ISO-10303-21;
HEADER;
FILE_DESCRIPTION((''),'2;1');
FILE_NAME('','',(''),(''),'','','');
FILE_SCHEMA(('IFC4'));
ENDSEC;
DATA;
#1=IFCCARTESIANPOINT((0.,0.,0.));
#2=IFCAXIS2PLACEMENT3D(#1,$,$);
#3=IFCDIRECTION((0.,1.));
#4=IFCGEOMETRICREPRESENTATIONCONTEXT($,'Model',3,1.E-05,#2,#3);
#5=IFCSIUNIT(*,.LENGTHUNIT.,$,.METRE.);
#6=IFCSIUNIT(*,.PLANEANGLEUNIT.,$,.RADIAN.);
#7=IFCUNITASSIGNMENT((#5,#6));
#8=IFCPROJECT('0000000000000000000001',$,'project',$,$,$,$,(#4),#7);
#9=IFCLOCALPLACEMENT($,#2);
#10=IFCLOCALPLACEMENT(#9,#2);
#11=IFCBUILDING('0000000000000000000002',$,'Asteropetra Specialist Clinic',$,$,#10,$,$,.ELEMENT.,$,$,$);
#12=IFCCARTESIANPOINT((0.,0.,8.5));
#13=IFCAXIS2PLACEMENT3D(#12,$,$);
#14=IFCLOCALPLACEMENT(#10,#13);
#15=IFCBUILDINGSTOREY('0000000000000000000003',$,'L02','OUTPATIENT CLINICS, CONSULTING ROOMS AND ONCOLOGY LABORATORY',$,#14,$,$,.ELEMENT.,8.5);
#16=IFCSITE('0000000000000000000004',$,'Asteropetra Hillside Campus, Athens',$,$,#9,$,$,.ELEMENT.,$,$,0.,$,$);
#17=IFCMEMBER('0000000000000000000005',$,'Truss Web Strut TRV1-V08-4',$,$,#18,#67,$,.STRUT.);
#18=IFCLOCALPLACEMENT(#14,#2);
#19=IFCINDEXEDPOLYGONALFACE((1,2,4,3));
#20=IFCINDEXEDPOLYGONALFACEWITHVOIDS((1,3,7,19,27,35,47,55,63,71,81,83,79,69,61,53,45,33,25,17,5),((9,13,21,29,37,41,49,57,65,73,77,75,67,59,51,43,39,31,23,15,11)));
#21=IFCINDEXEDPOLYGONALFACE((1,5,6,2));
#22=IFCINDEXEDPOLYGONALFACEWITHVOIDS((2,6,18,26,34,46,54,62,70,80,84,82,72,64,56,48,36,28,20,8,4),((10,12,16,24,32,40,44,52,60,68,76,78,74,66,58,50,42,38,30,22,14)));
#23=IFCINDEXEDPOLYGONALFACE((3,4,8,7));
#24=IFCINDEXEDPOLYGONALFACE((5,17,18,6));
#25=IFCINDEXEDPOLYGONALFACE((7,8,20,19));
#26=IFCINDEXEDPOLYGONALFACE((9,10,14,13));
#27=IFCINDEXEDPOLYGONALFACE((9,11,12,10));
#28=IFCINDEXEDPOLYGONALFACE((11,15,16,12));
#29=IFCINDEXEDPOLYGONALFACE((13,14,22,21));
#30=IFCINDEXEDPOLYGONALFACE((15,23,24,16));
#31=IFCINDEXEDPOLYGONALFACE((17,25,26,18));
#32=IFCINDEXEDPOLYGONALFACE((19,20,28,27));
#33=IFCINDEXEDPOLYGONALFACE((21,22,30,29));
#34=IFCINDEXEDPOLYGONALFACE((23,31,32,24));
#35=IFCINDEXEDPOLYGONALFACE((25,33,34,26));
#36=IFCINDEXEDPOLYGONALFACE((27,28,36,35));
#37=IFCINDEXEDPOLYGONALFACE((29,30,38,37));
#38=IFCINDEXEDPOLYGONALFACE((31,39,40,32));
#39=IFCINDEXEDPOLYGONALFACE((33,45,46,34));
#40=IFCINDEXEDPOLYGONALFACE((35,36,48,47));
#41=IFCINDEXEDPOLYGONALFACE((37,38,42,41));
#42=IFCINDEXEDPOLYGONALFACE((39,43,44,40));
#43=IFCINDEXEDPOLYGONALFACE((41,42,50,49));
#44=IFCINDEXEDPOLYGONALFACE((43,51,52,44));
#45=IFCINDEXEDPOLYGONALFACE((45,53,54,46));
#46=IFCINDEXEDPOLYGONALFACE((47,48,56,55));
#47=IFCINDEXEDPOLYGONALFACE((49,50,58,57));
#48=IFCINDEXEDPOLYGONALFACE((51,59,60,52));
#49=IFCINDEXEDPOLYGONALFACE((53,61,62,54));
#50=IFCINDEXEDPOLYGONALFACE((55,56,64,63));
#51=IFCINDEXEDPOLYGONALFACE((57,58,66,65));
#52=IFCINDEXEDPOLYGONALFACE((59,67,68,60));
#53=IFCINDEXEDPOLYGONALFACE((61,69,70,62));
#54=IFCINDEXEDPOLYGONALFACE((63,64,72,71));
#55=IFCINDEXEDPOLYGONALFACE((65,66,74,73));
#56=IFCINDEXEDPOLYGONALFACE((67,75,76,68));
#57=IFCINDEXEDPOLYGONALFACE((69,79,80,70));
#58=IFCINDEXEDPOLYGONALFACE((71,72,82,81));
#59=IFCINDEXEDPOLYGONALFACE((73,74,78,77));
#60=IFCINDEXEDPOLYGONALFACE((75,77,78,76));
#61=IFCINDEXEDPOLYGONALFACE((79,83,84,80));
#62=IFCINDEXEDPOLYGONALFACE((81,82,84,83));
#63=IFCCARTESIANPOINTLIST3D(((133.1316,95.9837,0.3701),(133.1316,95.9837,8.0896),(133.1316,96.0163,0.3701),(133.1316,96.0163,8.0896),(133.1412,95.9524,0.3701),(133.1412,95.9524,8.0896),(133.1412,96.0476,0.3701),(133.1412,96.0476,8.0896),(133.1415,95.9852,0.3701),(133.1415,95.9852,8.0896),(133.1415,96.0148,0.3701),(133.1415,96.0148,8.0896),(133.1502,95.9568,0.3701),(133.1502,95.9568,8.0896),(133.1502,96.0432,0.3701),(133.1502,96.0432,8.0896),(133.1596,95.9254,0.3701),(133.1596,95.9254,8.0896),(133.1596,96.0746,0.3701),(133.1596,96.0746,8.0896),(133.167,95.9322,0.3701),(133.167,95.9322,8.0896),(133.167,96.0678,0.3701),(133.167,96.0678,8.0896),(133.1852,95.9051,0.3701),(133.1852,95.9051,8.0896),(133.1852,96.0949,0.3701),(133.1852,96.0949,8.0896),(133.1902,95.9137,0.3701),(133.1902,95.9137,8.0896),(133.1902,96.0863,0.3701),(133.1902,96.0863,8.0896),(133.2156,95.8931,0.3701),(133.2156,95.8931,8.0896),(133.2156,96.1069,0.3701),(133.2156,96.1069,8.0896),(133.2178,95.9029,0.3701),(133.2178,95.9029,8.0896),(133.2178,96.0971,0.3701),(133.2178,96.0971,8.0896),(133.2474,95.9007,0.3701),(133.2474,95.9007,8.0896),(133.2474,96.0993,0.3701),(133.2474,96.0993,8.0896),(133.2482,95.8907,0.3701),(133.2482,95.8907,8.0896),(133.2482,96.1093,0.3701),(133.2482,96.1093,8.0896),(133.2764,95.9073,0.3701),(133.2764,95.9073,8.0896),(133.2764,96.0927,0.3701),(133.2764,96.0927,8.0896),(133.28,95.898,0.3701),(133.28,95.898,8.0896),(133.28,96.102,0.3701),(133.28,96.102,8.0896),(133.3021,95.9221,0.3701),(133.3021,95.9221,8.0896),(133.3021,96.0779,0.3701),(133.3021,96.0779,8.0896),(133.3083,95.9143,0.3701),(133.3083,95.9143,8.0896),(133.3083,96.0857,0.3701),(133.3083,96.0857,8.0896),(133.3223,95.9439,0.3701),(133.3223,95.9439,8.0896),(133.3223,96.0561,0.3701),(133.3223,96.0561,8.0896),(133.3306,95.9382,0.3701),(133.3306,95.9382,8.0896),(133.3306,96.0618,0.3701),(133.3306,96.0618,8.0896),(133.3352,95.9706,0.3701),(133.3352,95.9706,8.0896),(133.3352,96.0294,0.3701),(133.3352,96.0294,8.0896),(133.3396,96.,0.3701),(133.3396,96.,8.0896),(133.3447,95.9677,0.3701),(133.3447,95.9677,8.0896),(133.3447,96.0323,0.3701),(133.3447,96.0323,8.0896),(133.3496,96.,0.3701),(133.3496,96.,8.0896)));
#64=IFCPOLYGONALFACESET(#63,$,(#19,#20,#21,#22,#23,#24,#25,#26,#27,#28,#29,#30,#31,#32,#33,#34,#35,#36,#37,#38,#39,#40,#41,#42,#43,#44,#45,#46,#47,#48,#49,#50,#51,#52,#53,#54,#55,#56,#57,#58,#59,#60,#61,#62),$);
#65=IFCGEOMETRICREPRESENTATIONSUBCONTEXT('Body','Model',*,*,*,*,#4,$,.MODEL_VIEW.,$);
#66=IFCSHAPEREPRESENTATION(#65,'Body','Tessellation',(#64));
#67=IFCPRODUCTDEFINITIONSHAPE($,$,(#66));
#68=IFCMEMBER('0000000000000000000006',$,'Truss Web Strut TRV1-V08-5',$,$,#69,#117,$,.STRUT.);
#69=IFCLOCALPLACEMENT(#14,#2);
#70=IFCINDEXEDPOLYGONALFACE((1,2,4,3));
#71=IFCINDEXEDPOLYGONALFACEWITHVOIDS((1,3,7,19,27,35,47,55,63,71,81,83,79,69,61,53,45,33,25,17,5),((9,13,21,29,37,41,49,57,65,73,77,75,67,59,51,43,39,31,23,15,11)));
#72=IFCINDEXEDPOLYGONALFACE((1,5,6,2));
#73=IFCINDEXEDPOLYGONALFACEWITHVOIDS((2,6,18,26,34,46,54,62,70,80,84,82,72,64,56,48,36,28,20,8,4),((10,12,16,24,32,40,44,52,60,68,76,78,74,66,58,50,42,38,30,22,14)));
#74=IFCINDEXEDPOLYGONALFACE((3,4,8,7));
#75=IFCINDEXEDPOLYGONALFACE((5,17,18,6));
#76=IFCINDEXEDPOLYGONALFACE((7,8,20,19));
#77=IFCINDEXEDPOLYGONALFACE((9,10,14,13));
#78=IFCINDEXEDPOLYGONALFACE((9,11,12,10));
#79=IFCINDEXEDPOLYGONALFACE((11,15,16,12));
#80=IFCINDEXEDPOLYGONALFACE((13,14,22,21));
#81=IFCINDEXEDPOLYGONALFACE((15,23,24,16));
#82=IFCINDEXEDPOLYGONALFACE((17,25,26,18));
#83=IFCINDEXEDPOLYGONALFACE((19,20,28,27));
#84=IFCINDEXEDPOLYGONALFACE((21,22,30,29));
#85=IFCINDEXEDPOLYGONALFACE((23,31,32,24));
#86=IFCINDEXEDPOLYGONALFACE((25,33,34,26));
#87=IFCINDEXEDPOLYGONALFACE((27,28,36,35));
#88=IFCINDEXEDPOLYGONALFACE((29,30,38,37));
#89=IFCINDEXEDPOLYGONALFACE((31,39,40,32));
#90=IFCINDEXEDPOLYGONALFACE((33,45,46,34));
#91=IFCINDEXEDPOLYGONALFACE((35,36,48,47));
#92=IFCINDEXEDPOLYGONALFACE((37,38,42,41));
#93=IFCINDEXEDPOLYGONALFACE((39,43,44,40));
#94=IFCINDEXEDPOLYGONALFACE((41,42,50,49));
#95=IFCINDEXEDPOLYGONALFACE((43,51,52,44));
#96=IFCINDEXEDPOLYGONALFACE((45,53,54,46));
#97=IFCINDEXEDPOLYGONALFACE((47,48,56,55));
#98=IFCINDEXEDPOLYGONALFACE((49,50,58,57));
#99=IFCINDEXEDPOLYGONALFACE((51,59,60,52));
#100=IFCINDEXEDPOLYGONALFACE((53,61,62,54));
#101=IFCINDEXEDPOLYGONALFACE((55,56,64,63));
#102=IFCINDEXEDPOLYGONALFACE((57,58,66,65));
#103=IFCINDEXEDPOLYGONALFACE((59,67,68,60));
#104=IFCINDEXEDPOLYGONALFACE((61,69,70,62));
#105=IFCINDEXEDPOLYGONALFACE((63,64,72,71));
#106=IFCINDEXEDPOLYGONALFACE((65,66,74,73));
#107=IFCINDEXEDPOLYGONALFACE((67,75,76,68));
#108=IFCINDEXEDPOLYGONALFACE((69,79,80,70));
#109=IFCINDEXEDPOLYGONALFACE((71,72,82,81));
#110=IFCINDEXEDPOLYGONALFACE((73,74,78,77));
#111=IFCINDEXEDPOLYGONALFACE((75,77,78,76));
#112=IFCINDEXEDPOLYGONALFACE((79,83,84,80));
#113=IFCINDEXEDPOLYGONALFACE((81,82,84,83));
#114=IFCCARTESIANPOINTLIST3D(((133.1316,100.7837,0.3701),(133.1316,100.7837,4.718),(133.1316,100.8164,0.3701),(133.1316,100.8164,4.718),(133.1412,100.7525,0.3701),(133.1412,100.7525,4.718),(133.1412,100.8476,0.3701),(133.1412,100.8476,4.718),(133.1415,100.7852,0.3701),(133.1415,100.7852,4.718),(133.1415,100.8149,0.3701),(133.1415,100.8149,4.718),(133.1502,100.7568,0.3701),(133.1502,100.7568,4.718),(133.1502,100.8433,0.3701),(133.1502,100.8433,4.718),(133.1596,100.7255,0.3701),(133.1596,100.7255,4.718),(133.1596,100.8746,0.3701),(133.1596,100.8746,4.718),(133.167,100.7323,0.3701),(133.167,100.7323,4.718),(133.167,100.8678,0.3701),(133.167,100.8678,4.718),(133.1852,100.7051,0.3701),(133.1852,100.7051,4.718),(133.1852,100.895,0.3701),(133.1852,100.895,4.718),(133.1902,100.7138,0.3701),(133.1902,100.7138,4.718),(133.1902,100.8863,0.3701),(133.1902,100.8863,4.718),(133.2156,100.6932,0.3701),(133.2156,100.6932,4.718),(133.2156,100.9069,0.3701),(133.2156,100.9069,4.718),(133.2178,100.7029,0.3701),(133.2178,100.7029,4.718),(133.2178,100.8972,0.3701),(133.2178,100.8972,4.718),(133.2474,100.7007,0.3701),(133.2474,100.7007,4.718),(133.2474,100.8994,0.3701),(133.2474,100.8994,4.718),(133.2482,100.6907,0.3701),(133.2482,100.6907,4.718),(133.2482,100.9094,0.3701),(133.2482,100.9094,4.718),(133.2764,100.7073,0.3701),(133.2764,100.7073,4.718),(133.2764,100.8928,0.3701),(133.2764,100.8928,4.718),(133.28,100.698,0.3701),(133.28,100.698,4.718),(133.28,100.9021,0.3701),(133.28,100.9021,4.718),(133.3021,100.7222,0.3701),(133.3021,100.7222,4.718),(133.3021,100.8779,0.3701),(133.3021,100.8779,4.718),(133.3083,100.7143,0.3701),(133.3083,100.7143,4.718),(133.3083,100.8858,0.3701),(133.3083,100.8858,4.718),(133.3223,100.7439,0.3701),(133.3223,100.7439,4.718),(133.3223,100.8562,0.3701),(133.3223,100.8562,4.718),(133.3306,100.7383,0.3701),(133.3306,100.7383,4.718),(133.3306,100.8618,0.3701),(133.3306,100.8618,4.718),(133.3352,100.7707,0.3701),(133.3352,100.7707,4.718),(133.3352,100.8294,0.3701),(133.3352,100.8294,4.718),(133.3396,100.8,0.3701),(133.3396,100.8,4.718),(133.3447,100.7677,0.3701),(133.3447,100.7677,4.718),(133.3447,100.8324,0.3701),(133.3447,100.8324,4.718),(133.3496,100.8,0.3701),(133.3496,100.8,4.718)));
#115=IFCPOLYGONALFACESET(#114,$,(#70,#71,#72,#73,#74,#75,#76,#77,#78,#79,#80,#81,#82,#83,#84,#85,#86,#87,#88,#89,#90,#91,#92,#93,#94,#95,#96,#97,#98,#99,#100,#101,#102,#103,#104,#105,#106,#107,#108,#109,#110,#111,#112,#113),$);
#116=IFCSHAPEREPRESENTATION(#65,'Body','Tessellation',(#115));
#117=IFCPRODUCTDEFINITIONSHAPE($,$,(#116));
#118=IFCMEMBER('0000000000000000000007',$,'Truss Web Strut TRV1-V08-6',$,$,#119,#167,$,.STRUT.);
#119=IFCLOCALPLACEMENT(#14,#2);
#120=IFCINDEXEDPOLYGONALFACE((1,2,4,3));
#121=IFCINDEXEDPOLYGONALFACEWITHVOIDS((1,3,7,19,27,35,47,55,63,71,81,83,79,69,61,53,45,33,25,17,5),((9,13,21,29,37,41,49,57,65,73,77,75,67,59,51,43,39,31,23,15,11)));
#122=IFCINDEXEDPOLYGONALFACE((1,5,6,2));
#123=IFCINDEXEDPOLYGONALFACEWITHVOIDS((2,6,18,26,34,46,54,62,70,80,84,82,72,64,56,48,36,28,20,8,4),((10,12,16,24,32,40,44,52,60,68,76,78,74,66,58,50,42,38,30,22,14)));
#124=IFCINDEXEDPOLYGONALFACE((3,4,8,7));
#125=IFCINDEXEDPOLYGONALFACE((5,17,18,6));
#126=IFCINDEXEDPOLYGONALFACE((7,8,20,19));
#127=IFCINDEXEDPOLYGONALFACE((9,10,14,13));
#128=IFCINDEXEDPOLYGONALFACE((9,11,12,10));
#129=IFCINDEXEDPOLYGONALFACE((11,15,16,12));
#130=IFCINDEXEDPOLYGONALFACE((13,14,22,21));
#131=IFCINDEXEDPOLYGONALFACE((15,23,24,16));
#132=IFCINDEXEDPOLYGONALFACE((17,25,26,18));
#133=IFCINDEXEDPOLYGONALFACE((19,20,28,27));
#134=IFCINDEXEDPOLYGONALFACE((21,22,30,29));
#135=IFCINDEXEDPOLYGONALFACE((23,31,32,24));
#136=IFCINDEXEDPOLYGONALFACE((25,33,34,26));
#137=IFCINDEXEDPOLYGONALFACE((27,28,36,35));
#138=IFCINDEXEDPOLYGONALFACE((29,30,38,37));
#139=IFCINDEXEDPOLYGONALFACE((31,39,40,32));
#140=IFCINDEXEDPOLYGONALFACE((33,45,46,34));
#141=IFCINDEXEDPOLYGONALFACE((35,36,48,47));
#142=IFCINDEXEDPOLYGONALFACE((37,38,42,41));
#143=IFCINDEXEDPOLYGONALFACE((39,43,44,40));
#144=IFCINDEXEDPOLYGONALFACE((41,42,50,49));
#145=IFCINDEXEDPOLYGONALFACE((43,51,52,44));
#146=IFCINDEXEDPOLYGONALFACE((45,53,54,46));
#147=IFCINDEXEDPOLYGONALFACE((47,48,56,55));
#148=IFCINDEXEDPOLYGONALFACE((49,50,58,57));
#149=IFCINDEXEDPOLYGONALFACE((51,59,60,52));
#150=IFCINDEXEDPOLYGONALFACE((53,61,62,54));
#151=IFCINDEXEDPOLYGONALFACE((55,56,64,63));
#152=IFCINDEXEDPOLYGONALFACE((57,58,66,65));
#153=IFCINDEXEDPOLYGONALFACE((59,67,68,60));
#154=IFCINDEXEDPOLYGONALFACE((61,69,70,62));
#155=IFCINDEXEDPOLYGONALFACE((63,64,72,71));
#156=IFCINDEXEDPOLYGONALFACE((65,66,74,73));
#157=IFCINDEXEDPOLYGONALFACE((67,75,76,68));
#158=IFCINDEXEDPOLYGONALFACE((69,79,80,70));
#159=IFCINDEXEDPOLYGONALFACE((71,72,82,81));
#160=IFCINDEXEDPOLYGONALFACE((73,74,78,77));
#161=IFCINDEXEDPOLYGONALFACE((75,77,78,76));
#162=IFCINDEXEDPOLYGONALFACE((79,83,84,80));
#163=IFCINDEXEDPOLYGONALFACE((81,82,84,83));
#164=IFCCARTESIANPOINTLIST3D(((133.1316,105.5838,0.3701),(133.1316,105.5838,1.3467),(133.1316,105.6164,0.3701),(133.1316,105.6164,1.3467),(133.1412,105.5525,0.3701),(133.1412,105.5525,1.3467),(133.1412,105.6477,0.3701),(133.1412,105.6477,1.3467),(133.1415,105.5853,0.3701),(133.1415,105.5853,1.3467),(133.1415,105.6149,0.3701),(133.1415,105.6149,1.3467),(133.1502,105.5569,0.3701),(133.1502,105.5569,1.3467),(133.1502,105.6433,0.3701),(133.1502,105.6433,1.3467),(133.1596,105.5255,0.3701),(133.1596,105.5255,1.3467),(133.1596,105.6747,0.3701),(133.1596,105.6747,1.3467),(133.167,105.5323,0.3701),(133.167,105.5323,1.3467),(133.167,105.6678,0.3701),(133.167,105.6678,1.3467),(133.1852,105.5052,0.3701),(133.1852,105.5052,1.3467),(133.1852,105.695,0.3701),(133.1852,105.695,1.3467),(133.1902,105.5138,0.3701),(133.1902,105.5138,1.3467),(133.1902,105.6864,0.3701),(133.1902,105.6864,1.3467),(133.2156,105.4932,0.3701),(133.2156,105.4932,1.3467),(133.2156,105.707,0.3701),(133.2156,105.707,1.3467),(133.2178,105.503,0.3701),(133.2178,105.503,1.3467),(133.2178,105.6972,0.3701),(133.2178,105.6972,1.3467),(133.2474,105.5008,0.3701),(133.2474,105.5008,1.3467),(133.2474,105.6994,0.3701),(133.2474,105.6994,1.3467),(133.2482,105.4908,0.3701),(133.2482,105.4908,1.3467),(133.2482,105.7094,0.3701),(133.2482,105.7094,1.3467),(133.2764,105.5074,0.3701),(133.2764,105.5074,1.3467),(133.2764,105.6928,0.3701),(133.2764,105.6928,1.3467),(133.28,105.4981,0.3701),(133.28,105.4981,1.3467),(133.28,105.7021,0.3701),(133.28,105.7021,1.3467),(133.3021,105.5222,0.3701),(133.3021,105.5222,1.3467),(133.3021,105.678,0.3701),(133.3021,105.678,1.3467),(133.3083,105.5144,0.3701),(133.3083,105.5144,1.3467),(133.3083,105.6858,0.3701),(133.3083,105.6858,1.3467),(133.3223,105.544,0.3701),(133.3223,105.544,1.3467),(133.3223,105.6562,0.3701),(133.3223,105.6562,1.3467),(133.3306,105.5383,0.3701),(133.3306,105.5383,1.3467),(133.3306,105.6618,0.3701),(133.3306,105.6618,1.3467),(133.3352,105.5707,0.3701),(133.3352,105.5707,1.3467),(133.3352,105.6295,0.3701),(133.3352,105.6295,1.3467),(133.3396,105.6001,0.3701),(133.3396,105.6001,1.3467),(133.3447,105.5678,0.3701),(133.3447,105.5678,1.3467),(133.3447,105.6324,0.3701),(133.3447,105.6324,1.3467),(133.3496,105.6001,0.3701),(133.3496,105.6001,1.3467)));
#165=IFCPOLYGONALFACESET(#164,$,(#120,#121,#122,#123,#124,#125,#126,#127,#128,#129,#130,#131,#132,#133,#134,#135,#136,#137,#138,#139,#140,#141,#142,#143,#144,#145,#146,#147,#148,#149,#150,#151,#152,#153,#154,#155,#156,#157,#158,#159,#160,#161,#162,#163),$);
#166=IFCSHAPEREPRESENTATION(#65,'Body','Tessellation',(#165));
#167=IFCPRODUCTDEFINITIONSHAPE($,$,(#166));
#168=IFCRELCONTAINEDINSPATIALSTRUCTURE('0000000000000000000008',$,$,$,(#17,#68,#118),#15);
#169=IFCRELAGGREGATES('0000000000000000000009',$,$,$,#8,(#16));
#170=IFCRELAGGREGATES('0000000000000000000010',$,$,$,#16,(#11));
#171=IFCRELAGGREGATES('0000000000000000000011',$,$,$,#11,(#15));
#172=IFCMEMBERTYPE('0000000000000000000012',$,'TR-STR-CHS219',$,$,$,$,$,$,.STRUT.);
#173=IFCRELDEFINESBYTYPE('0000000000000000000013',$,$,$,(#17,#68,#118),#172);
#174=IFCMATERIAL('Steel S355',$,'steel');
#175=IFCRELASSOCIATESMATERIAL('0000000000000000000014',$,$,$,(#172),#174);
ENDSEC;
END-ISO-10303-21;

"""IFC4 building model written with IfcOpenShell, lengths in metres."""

from ifc_helpers import new_model, si_unit, direction, frame, origin, origin_2d, place, context, subcontext, project, spatial, hollow_circle, extrude, material, material_profile, profile_set, type_object, element, save


model = new_model("IFC4")

# Units and contexts
model_context = context("Model", 3, precision=1e-05, world=origin(), true_north=direction((0.0, 1.0)))
body_context = subcontext(model_context, "Body", "Model", "MODEL_VIEW")
ifc_project = project(units=[si_unit("LENGTHUNIT", "METRE"), si_unit("PLANEANGLEUNIT", "RADIAN")], contexts=[model_context])

# Site, building, storey
site_placement = place(None, origin())
site = spatial("IfcSite", under=ifc_project, at=site_placement, Name="Asteropetra Hillside Campus, Athens", CompositionType="ELEMENT", RefElevation=0.0)
building_placement = place(site_placement, origin())
building = spatial("IfcBuilding", under=site, at=building_placement, Name="Asteropetra Specialist Clinic", CompositionType="ELEMENT")
storey_placement = place(building_placement, frame((0.0, 0.0, 8.5)))
storey = spatial("IfcBuildingStorey", under=building, at=storey_placement, Name="L02", Description="OUTPATIENT CLINICS, CONSULTING ROOMS AND ONCOLOGY LABORATORY", CompositionType="ELEMENT", Elevation=8.5)

# Members
ifc_material_1 = material(Name="Steel S355", Category="steel")
ifc_material_profile_1 = material_profile(ifc_material_1, hollow_circle(Radius=0.1096, WallThickness=0.01, at=origin_2d()), Name="CHS 219.1x10.0")
ifc_profile_set_1 = profile_set([ifc_material_profile_1], Name="Steel S355")
member_type_1 = type_object("IfcMemberType", Name="TR-STR-CHS219", PredefinedType="STRUT", material=ifc_profile_set_1)
member_1_placement = place(storey_placement, frame((133.24, 96.0, 0.3701), z_axis=(0.0, 0.0, 1.0), x_axis=(1.0, 0.0, 0.0)))
element("IfcMember", 1, at=member_1_placement, inside=storey, type_object=member_type_1, Name="Truss Web Strut TRV1-V08-4", PredefinedType="STRUT", context=body_context, shape_type="SweptSolid", body=[
    extrude(hollow_circle(Radius=0.1096, WallThickness=0.01, at=origin_2d()), origin(), (0.0, 0.0, 1.0), 7.7195),
])
member_2_placement = place(storey_placement, frame((133.24, 100.8, 0.3701), z_axis=(0.0, 0.0, 1.0), x_axis=(1.0, 0.0, 0.0)))
element("IfcMember", 2, at=member_2_placement, inside=storey, type_object=member_type_1, Name="Truss Web Strut TRV1-V08-5", PredefinedType="STRUT", context=body_context, shape_type="SweptSolid", body=[
    extrude(hollow_circle(Radius=0.1096, WallThickness=0.01, at=origin_2d()), origin(), (0.0, 0.0, 1.0), 4.3479),
])
member_3_placement = place(storey_placement, frame((133.24, 105.6001, 0.3701), z_axis=(0.0, 0.0, 1.0), x_axis=(1.0, 0.0, 0.0)))
element("IfcMember", 3, at=member_3_placement, inside=storey, type_object=member_type_1, Name="Truss Web Strut TRV1-V08-6", PredefinedType="STRUT", context=body_context, shape_type="SweptSolid", body=[
    extrude(hollow_circle(Radius=0.1096, WallThickness=0.01, at=origin_2d()), origin(), (0.0, 0.0, 1.0), 0.9766),
])

save(model, "model.ifc")
